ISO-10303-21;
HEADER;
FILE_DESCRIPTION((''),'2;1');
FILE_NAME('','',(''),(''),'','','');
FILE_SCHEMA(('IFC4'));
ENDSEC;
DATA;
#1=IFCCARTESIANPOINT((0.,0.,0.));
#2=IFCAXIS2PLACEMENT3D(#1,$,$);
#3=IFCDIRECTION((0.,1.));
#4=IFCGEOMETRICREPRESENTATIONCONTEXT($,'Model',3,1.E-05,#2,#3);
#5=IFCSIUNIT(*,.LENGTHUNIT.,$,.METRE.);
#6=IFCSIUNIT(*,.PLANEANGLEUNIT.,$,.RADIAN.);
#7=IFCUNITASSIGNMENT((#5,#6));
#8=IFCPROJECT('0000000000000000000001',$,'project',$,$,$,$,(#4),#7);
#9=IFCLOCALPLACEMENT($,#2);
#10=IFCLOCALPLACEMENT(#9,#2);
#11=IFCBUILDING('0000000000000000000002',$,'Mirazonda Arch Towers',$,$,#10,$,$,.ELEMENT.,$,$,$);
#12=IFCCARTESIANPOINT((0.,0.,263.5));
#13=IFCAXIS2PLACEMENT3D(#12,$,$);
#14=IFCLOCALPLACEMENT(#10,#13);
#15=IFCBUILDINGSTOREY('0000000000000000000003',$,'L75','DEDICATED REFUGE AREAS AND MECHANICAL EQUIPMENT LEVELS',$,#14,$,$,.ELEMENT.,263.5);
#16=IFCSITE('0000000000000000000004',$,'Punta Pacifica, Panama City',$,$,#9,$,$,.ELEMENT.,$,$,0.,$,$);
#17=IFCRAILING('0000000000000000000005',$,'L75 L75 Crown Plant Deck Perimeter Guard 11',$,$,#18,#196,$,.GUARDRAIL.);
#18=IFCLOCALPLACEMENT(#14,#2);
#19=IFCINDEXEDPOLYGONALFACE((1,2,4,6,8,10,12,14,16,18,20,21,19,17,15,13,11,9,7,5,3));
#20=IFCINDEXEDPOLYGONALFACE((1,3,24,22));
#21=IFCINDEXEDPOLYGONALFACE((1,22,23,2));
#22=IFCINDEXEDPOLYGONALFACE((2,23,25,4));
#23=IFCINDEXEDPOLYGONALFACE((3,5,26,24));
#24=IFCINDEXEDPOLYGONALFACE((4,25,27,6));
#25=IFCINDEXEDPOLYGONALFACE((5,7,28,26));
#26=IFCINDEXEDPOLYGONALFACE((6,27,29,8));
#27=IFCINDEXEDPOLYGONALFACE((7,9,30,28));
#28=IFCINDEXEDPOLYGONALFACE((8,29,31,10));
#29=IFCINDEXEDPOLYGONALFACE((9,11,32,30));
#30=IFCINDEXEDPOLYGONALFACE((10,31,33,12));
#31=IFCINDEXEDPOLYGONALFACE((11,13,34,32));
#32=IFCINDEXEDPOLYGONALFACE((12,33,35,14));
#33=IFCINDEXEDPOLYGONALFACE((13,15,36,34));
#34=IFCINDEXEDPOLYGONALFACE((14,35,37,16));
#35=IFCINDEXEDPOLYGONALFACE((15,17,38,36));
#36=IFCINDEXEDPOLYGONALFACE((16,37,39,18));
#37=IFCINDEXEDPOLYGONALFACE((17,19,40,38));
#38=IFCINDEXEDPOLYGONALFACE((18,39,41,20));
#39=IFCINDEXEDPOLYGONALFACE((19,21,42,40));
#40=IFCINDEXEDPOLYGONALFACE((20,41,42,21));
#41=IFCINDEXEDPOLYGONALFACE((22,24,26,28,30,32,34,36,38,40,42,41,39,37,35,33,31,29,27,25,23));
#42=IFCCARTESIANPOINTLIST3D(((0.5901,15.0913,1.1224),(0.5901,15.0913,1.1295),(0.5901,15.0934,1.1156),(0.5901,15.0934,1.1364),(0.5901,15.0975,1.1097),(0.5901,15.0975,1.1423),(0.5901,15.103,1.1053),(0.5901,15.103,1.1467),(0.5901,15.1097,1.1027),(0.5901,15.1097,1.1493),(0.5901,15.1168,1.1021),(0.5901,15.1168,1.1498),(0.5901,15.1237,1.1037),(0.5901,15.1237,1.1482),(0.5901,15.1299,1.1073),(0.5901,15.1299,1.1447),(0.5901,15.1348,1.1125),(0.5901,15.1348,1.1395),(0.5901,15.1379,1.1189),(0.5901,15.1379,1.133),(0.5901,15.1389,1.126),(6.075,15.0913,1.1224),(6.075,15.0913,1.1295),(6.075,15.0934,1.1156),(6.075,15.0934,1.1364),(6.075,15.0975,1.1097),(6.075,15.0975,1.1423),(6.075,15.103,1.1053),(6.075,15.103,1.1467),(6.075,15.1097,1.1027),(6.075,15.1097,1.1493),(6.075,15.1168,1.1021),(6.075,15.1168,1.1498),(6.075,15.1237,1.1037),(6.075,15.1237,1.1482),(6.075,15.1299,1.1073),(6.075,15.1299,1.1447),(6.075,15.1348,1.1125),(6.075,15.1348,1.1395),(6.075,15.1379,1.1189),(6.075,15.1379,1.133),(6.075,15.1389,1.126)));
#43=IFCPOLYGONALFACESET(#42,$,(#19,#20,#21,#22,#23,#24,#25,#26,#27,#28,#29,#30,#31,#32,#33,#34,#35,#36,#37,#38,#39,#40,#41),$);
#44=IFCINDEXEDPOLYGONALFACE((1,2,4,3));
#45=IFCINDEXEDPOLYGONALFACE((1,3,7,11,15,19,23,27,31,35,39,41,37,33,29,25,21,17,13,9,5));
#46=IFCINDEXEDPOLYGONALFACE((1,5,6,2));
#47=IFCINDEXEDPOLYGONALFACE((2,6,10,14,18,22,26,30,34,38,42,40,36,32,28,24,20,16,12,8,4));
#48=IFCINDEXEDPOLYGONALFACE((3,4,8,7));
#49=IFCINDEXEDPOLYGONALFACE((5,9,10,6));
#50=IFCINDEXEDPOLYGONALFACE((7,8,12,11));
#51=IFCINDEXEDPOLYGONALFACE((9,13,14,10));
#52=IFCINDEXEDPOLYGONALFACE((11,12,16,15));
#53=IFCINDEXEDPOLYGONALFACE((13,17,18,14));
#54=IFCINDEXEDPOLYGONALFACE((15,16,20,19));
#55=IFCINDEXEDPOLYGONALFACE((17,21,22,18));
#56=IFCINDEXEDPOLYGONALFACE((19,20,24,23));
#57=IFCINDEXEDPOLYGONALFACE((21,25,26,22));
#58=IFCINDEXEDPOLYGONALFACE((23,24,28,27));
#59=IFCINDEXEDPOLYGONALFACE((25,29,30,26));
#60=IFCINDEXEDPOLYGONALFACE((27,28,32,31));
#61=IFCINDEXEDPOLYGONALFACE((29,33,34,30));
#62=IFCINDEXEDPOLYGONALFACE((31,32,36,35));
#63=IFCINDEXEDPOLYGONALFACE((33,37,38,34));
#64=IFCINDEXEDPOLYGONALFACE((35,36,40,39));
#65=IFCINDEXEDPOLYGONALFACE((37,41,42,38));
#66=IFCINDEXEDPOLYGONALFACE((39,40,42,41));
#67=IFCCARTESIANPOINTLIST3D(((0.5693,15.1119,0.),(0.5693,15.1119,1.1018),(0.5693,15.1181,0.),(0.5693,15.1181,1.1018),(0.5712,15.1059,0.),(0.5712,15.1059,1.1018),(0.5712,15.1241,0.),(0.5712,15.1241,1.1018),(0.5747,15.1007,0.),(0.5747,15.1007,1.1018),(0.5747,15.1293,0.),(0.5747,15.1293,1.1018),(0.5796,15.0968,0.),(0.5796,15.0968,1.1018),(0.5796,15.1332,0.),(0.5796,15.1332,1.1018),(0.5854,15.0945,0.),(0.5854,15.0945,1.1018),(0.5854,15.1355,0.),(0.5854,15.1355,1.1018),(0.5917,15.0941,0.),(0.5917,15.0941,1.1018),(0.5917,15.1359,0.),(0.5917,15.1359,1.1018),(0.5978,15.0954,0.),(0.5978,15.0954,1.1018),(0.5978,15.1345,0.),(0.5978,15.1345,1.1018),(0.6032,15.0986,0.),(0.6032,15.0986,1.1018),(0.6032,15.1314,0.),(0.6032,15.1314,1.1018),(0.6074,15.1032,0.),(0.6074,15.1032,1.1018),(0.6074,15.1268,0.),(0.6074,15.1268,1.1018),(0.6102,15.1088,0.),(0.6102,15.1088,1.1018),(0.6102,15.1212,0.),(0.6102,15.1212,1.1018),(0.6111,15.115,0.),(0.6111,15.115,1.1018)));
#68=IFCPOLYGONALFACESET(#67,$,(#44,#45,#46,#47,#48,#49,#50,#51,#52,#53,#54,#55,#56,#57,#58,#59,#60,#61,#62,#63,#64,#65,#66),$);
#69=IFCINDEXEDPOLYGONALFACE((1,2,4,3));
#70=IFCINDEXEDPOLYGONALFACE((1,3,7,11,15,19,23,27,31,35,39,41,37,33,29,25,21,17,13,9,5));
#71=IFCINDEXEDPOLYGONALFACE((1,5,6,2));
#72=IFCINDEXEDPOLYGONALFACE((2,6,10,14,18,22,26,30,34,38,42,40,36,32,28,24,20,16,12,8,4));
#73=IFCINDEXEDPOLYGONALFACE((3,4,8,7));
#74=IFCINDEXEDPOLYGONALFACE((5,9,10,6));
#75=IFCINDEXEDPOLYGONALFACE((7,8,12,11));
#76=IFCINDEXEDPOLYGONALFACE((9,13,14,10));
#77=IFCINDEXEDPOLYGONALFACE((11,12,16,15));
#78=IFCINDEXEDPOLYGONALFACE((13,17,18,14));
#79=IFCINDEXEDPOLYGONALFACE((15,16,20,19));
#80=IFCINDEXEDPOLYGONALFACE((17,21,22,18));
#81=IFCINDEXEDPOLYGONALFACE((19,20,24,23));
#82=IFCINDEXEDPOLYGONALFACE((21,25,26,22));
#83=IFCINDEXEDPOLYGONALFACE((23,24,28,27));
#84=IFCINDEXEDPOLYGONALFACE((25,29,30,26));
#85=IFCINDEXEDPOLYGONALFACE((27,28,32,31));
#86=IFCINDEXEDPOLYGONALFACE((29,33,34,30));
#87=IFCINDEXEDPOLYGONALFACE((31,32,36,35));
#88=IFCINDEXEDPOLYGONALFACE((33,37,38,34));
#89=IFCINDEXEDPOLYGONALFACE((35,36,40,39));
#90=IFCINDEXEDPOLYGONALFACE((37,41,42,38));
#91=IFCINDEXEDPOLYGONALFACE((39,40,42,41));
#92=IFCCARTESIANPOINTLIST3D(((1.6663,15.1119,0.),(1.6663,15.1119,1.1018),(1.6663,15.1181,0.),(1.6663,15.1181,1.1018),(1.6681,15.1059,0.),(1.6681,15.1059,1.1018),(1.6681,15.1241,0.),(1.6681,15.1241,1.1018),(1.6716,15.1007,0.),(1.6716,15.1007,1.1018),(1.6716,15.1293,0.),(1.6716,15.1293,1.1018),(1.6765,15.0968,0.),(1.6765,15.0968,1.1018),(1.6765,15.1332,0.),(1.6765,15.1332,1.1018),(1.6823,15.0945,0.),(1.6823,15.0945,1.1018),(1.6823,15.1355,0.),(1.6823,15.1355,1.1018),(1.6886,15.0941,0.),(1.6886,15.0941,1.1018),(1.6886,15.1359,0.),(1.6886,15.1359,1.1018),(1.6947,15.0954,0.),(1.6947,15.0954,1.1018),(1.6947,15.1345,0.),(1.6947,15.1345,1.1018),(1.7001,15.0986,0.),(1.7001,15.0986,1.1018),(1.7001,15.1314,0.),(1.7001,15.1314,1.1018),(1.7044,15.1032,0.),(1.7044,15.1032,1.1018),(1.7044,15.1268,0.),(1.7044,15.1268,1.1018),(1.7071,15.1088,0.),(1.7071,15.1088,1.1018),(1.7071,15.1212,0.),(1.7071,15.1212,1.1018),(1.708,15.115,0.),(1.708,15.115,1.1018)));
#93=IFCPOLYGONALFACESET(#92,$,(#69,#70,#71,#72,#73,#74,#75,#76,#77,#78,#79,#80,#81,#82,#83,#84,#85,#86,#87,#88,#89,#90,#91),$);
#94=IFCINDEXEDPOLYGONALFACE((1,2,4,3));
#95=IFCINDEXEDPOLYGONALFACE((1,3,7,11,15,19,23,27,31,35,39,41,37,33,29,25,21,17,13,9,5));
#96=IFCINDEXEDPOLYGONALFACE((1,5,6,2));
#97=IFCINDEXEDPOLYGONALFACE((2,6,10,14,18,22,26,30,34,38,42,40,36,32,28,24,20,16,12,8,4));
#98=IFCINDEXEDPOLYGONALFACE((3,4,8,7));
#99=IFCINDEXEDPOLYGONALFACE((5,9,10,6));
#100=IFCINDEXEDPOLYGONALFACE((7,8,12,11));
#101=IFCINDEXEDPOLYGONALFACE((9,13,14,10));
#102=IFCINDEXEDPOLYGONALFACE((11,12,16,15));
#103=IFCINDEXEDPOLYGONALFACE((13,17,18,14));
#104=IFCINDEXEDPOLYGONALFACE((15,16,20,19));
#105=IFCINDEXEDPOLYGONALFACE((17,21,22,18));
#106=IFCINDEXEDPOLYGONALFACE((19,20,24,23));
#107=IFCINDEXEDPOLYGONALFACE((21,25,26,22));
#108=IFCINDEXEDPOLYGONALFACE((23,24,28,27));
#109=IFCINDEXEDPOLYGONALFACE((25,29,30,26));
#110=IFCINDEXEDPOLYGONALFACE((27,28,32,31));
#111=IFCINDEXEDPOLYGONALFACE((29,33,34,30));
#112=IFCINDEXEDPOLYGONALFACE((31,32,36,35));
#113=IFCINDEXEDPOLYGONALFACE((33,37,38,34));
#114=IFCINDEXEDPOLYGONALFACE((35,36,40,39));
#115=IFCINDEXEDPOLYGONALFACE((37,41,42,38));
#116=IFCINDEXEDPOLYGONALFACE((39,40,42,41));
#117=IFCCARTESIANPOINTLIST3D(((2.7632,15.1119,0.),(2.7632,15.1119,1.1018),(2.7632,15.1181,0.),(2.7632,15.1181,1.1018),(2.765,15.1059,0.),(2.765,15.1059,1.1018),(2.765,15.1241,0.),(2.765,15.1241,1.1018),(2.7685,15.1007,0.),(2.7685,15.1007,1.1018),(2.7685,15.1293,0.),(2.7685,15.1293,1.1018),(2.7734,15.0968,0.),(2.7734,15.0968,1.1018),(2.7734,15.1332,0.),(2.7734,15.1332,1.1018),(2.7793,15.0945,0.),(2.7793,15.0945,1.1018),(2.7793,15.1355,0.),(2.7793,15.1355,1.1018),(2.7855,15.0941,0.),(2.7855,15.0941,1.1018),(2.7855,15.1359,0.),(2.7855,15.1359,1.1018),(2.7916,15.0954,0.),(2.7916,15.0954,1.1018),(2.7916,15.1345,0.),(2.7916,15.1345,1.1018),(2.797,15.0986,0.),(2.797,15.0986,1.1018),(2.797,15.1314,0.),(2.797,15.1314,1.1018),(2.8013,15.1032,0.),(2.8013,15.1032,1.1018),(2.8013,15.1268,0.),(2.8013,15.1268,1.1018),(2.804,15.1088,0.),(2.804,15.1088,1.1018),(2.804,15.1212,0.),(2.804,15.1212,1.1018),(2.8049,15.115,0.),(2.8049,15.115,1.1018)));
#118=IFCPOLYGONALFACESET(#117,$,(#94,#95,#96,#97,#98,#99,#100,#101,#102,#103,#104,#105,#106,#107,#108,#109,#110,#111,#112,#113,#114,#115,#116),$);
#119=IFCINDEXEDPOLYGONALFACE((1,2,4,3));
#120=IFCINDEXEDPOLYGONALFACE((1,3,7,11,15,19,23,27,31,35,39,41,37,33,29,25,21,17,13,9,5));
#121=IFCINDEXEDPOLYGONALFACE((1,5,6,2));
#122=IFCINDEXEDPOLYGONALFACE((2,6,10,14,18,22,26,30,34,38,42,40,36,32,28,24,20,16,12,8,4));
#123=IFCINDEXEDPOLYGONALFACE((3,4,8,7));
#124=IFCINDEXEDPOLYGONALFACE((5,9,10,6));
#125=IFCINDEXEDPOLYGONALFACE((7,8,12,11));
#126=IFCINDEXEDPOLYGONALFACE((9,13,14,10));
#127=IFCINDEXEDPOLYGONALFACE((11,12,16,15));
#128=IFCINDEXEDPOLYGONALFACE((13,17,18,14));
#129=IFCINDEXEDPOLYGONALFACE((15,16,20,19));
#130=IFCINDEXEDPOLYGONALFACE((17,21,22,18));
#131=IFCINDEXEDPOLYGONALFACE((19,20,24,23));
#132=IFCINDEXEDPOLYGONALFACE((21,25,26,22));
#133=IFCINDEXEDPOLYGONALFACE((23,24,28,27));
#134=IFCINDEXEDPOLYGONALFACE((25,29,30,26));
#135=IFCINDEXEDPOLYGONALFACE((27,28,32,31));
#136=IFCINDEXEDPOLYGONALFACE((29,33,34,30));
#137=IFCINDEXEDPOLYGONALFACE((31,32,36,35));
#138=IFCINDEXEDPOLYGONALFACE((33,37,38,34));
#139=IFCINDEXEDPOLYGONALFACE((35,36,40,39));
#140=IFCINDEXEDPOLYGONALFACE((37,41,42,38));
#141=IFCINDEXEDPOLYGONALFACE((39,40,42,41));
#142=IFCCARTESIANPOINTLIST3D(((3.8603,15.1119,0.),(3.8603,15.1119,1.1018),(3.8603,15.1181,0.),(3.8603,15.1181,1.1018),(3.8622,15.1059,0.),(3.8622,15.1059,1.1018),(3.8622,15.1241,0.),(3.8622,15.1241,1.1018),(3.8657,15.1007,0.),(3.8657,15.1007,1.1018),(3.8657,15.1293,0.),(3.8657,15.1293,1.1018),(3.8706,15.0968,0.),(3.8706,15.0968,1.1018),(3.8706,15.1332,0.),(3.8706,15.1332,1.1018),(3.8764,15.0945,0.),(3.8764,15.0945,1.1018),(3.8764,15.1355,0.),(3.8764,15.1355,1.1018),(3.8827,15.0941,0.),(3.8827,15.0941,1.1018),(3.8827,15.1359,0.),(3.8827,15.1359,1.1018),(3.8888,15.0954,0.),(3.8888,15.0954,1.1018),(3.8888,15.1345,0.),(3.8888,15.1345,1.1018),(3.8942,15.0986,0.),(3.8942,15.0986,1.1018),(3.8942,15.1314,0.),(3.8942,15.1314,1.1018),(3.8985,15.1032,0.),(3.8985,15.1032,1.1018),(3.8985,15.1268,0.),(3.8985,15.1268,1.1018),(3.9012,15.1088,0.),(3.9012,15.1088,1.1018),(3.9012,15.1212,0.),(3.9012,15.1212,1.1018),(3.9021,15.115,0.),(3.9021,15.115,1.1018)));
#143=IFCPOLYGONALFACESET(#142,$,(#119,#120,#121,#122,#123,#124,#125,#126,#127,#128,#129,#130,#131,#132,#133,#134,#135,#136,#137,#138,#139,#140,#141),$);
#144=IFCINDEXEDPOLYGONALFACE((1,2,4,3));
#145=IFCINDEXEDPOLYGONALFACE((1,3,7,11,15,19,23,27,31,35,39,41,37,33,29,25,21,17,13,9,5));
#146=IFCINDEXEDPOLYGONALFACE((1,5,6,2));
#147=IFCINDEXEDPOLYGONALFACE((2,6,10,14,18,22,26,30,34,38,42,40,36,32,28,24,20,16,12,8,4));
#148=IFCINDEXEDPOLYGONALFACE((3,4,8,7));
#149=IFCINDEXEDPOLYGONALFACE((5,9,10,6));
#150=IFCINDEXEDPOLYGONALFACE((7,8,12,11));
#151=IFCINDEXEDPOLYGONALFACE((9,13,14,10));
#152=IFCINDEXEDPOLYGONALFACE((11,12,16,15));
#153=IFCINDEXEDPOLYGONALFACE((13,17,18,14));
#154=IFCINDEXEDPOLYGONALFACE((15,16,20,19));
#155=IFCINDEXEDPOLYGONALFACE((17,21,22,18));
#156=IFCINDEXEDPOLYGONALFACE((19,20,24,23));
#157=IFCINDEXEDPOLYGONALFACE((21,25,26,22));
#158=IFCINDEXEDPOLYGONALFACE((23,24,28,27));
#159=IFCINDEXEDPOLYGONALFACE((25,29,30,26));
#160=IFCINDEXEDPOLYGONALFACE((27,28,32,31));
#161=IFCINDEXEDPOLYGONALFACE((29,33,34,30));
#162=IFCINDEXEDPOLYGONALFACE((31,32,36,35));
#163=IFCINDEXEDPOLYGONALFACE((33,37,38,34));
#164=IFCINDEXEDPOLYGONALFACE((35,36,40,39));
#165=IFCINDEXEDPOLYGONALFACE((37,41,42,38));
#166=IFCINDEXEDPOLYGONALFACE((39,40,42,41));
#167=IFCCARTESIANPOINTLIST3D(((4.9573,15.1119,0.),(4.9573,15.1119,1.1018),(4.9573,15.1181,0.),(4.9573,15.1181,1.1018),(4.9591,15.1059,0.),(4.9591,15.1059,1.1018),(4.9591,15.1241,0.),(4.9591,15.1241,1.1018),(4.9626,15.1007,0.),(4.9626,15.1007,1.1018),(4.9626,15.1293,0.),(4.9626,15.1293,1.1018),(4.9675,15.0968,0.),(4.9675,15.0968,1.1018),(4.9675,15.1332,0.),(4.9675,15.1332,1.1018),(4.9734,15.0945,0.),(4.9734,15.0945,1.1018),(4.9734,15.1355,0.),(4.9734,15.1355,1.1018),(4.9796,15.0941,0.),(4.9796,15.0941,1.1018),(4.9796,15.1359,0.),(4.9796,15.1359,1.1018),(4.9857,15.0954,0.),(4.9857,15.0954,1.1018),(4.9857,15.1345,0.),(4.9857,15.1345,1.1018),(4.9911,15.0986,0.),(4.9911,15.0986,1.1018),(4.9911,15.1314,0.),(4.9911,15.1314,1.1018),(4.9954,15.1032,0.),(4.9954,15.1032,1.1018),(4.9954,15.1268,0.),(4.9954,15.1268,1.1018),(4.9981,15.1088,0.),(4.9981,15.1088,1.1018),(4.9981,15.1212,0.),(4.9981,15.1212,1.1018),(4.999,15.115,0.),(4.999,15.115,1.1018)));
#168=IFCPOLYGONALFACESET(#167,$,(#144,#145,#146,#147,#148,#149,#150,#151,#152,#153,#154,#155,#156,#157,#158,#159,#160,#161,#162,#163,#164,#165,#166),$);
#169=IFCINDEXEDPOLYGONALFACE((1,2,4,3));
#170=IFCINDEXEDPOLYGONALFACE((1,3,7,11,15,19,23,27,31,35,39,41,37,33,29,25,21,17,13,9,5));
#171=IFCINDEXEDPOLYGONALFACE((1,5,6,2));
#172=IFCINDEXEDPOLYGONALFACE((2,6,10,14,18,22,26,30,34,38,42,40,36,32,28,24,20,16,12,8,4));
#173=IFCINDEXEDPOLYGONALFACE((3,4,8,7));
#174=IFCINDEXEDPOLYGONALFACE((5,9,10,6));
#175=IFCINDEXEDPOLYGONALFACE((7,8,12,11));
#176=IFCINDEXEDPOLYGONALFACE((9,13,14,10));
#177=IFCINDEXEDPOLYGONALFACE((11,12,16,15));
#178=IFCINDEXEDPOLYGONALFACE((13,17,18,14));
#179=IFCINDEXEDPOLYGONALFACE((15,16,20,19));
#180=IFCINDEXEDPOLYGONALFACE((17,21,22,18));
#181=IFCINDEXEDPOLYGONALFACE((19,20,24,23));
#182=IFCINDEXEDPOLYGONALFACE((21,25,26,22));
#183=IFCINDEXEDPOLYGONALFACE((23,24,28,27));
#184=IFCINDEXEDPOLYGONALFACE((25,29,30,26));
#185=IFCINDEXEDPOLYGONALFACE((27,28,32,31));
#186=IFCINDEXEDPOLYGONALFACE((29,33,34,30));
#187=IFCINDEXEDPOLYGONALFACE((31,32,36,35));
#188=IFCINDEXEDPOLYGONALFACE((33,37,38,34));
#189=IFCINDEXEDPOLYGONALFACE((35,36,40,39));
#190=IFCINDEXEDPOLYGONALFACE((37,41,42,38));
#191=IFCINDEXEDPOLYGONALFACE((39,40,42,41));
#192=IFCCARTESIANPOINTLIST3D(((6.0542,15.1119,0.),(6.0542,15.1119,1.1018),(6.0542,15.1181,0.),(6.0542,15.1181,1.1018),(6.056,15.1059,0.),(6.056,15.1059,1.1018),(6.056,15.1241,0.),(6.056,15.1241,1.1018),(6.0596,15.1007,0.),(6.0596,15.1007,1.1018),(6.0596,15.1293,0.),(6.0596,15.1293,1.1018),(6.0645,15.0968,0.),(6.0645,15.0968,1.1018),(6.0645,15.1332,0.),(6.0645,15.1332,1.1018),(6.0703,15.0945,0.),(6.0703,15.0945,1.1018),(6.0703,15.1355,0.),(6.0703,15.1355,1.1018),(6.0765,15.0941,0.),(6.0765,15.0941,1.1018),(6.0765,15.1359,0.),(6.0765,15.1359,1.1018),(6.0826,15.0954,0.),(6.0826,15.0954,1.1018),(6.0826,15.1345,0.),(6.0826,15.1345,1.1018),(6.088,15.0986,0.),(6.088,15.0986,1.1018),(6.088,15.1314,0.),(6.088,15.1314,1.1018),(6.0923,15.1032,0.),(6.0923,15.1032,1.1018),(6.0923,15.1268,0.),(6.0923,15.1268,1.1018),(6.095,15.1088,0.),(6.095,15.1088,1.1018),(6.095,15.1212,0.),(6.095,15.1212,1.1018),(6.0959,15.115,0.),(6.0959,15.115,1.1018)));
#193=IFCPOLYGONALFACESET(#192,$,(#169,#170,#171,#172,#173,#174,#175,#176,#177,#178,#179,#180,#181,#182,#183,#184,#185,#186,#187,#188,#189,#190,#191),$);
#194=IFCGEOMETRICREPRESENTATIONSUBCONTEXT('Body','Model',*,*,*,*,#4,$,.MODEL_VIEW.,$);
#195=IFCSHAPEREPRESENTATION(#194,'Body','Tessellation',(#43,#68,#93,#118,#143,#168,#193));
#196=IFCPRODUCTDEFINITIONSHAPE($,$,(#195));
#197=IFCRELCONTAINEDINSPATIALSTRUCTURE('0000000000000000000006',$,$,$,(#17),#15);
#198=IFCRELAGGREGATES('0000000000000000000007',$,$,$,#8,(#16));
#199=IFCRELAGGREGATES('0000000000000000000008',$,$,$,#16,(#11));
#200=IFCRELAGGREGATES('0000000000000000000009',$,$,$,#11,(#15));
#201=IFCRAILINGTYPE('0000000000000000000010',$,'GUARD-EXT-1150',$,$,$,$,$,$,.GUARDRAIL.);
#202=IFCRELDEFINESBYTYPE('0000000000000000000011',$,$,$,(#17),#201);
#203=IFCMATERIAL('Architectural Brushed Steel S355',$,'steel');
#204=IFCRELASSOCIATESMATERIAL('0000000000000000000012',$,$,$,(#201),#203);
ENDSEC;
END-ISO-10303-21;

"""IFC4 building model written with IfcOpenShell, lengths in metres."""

from ifc_helpers import new_model, si_unit, direction, frame, origin, origin_2d, place, context, subcontext, project, spatial, circle, extrude, material, type_object, element, save


model = new_model("IFC4")

# Units and contexts
model_context = context("Model", 3, precision=1e-05, world=origin(), true_north=direction((0.0, 1.0)))
body_context = subcontext(model_context, "Body", "Model", "MODEL_VIEW")
ifc_project = project(units=[si_unit("LENGTHUNIT", "METRE"), si_unit("PLANEANGLEUNIT", "RADIAN")], contexts=[model_context])

# Site, building, storey
site_placement = place(None, origin())
site = spatial("IfcSite", under=ifc_project, at=site_placement, Name="Punta Pacifica, Panama City", CompositionType="ELEMENT", RefElevation=0.0)
building_placement = place(site_placement, origin())
building = spatial("IfcBuilding", under=site, at=building_placement, Name="Mirazonda Arch Towers", CompositionType="ELEMENT")
storey_placement = place(building_placement, frame((0.0, 0.0, 263.5)))
storey = spatial("IfcBuildingStorey", under=building, at=storey_placement, Name="L75", Description="DEDICATED REFUGE AREAS AND MECHANICAL EQUIPMENT LEVELS", CompositionType="ELEMENT", Elevation=263.5)

# Railing
ifc_material_1 = material(Name="Architectural Brushed Steel S355", Category="steel")
railing_type = type_object("IfcRailingType", Name="GUARD-EXT-1150", PredefinedType="GUARDRAIL", material=ifc_material_1)
railing_1_placement = place(storey_placement, frame((0.5901, 15.115, 0.0)))
element("IfcRailing", 1, at=railing_1_placement, inside=storey, type_object=railing_type, Name="L75 L75 Crown Plant Deck Perimeter Guard 11", PredefinedType="GUARDRAIL", context=body_context, shape_type="SweptSolid", body=[
    extrude(circle(Radius=0.0239, at=origin_2d()), frame((0.0, 0.0, 1.126), z_axis=(1.0, 0.0, 0.0), x_axis=(0.0, 1.0, 0.0)), (0.0, 0.0, 1.0), 5.4849),
    extrude(circle(Radius=0.021, at=origin_2d()), origin(), (0.0, 0.0, 1.0), 1.1018),
    extrude(circle(Radius=0.021, at=origin_2d()), frame((1.0969, 0.0, 0.0)), (0.0, 0.0, 1.0), 1.1018),
    extrude(circle(Radius=0.021, at=origin_2d()), frame((2.1938, 0.0, 0.0)), (0.0, 0.0, 1.0), 1.1018),
    extrude(circle(Radius=0.021, at=origin_2d()), frame((3.291, 0.0, 0.0)), (0.0, 0.0, 1.0), 1.1018),
    extrude(circle(Radius=0.021, at=origin_2d()), frame((4.3879, 0.0, 0.0)), (0.0, 0.0, 1.0), 1.1018),
    extrude(circle(Radius=0.021, at=origin_2d()), frame((5.4849, 0.0, 0.0)), (0.0, 0.0, 1.0), 1.1018),
])

save(model, "model.ifc")
